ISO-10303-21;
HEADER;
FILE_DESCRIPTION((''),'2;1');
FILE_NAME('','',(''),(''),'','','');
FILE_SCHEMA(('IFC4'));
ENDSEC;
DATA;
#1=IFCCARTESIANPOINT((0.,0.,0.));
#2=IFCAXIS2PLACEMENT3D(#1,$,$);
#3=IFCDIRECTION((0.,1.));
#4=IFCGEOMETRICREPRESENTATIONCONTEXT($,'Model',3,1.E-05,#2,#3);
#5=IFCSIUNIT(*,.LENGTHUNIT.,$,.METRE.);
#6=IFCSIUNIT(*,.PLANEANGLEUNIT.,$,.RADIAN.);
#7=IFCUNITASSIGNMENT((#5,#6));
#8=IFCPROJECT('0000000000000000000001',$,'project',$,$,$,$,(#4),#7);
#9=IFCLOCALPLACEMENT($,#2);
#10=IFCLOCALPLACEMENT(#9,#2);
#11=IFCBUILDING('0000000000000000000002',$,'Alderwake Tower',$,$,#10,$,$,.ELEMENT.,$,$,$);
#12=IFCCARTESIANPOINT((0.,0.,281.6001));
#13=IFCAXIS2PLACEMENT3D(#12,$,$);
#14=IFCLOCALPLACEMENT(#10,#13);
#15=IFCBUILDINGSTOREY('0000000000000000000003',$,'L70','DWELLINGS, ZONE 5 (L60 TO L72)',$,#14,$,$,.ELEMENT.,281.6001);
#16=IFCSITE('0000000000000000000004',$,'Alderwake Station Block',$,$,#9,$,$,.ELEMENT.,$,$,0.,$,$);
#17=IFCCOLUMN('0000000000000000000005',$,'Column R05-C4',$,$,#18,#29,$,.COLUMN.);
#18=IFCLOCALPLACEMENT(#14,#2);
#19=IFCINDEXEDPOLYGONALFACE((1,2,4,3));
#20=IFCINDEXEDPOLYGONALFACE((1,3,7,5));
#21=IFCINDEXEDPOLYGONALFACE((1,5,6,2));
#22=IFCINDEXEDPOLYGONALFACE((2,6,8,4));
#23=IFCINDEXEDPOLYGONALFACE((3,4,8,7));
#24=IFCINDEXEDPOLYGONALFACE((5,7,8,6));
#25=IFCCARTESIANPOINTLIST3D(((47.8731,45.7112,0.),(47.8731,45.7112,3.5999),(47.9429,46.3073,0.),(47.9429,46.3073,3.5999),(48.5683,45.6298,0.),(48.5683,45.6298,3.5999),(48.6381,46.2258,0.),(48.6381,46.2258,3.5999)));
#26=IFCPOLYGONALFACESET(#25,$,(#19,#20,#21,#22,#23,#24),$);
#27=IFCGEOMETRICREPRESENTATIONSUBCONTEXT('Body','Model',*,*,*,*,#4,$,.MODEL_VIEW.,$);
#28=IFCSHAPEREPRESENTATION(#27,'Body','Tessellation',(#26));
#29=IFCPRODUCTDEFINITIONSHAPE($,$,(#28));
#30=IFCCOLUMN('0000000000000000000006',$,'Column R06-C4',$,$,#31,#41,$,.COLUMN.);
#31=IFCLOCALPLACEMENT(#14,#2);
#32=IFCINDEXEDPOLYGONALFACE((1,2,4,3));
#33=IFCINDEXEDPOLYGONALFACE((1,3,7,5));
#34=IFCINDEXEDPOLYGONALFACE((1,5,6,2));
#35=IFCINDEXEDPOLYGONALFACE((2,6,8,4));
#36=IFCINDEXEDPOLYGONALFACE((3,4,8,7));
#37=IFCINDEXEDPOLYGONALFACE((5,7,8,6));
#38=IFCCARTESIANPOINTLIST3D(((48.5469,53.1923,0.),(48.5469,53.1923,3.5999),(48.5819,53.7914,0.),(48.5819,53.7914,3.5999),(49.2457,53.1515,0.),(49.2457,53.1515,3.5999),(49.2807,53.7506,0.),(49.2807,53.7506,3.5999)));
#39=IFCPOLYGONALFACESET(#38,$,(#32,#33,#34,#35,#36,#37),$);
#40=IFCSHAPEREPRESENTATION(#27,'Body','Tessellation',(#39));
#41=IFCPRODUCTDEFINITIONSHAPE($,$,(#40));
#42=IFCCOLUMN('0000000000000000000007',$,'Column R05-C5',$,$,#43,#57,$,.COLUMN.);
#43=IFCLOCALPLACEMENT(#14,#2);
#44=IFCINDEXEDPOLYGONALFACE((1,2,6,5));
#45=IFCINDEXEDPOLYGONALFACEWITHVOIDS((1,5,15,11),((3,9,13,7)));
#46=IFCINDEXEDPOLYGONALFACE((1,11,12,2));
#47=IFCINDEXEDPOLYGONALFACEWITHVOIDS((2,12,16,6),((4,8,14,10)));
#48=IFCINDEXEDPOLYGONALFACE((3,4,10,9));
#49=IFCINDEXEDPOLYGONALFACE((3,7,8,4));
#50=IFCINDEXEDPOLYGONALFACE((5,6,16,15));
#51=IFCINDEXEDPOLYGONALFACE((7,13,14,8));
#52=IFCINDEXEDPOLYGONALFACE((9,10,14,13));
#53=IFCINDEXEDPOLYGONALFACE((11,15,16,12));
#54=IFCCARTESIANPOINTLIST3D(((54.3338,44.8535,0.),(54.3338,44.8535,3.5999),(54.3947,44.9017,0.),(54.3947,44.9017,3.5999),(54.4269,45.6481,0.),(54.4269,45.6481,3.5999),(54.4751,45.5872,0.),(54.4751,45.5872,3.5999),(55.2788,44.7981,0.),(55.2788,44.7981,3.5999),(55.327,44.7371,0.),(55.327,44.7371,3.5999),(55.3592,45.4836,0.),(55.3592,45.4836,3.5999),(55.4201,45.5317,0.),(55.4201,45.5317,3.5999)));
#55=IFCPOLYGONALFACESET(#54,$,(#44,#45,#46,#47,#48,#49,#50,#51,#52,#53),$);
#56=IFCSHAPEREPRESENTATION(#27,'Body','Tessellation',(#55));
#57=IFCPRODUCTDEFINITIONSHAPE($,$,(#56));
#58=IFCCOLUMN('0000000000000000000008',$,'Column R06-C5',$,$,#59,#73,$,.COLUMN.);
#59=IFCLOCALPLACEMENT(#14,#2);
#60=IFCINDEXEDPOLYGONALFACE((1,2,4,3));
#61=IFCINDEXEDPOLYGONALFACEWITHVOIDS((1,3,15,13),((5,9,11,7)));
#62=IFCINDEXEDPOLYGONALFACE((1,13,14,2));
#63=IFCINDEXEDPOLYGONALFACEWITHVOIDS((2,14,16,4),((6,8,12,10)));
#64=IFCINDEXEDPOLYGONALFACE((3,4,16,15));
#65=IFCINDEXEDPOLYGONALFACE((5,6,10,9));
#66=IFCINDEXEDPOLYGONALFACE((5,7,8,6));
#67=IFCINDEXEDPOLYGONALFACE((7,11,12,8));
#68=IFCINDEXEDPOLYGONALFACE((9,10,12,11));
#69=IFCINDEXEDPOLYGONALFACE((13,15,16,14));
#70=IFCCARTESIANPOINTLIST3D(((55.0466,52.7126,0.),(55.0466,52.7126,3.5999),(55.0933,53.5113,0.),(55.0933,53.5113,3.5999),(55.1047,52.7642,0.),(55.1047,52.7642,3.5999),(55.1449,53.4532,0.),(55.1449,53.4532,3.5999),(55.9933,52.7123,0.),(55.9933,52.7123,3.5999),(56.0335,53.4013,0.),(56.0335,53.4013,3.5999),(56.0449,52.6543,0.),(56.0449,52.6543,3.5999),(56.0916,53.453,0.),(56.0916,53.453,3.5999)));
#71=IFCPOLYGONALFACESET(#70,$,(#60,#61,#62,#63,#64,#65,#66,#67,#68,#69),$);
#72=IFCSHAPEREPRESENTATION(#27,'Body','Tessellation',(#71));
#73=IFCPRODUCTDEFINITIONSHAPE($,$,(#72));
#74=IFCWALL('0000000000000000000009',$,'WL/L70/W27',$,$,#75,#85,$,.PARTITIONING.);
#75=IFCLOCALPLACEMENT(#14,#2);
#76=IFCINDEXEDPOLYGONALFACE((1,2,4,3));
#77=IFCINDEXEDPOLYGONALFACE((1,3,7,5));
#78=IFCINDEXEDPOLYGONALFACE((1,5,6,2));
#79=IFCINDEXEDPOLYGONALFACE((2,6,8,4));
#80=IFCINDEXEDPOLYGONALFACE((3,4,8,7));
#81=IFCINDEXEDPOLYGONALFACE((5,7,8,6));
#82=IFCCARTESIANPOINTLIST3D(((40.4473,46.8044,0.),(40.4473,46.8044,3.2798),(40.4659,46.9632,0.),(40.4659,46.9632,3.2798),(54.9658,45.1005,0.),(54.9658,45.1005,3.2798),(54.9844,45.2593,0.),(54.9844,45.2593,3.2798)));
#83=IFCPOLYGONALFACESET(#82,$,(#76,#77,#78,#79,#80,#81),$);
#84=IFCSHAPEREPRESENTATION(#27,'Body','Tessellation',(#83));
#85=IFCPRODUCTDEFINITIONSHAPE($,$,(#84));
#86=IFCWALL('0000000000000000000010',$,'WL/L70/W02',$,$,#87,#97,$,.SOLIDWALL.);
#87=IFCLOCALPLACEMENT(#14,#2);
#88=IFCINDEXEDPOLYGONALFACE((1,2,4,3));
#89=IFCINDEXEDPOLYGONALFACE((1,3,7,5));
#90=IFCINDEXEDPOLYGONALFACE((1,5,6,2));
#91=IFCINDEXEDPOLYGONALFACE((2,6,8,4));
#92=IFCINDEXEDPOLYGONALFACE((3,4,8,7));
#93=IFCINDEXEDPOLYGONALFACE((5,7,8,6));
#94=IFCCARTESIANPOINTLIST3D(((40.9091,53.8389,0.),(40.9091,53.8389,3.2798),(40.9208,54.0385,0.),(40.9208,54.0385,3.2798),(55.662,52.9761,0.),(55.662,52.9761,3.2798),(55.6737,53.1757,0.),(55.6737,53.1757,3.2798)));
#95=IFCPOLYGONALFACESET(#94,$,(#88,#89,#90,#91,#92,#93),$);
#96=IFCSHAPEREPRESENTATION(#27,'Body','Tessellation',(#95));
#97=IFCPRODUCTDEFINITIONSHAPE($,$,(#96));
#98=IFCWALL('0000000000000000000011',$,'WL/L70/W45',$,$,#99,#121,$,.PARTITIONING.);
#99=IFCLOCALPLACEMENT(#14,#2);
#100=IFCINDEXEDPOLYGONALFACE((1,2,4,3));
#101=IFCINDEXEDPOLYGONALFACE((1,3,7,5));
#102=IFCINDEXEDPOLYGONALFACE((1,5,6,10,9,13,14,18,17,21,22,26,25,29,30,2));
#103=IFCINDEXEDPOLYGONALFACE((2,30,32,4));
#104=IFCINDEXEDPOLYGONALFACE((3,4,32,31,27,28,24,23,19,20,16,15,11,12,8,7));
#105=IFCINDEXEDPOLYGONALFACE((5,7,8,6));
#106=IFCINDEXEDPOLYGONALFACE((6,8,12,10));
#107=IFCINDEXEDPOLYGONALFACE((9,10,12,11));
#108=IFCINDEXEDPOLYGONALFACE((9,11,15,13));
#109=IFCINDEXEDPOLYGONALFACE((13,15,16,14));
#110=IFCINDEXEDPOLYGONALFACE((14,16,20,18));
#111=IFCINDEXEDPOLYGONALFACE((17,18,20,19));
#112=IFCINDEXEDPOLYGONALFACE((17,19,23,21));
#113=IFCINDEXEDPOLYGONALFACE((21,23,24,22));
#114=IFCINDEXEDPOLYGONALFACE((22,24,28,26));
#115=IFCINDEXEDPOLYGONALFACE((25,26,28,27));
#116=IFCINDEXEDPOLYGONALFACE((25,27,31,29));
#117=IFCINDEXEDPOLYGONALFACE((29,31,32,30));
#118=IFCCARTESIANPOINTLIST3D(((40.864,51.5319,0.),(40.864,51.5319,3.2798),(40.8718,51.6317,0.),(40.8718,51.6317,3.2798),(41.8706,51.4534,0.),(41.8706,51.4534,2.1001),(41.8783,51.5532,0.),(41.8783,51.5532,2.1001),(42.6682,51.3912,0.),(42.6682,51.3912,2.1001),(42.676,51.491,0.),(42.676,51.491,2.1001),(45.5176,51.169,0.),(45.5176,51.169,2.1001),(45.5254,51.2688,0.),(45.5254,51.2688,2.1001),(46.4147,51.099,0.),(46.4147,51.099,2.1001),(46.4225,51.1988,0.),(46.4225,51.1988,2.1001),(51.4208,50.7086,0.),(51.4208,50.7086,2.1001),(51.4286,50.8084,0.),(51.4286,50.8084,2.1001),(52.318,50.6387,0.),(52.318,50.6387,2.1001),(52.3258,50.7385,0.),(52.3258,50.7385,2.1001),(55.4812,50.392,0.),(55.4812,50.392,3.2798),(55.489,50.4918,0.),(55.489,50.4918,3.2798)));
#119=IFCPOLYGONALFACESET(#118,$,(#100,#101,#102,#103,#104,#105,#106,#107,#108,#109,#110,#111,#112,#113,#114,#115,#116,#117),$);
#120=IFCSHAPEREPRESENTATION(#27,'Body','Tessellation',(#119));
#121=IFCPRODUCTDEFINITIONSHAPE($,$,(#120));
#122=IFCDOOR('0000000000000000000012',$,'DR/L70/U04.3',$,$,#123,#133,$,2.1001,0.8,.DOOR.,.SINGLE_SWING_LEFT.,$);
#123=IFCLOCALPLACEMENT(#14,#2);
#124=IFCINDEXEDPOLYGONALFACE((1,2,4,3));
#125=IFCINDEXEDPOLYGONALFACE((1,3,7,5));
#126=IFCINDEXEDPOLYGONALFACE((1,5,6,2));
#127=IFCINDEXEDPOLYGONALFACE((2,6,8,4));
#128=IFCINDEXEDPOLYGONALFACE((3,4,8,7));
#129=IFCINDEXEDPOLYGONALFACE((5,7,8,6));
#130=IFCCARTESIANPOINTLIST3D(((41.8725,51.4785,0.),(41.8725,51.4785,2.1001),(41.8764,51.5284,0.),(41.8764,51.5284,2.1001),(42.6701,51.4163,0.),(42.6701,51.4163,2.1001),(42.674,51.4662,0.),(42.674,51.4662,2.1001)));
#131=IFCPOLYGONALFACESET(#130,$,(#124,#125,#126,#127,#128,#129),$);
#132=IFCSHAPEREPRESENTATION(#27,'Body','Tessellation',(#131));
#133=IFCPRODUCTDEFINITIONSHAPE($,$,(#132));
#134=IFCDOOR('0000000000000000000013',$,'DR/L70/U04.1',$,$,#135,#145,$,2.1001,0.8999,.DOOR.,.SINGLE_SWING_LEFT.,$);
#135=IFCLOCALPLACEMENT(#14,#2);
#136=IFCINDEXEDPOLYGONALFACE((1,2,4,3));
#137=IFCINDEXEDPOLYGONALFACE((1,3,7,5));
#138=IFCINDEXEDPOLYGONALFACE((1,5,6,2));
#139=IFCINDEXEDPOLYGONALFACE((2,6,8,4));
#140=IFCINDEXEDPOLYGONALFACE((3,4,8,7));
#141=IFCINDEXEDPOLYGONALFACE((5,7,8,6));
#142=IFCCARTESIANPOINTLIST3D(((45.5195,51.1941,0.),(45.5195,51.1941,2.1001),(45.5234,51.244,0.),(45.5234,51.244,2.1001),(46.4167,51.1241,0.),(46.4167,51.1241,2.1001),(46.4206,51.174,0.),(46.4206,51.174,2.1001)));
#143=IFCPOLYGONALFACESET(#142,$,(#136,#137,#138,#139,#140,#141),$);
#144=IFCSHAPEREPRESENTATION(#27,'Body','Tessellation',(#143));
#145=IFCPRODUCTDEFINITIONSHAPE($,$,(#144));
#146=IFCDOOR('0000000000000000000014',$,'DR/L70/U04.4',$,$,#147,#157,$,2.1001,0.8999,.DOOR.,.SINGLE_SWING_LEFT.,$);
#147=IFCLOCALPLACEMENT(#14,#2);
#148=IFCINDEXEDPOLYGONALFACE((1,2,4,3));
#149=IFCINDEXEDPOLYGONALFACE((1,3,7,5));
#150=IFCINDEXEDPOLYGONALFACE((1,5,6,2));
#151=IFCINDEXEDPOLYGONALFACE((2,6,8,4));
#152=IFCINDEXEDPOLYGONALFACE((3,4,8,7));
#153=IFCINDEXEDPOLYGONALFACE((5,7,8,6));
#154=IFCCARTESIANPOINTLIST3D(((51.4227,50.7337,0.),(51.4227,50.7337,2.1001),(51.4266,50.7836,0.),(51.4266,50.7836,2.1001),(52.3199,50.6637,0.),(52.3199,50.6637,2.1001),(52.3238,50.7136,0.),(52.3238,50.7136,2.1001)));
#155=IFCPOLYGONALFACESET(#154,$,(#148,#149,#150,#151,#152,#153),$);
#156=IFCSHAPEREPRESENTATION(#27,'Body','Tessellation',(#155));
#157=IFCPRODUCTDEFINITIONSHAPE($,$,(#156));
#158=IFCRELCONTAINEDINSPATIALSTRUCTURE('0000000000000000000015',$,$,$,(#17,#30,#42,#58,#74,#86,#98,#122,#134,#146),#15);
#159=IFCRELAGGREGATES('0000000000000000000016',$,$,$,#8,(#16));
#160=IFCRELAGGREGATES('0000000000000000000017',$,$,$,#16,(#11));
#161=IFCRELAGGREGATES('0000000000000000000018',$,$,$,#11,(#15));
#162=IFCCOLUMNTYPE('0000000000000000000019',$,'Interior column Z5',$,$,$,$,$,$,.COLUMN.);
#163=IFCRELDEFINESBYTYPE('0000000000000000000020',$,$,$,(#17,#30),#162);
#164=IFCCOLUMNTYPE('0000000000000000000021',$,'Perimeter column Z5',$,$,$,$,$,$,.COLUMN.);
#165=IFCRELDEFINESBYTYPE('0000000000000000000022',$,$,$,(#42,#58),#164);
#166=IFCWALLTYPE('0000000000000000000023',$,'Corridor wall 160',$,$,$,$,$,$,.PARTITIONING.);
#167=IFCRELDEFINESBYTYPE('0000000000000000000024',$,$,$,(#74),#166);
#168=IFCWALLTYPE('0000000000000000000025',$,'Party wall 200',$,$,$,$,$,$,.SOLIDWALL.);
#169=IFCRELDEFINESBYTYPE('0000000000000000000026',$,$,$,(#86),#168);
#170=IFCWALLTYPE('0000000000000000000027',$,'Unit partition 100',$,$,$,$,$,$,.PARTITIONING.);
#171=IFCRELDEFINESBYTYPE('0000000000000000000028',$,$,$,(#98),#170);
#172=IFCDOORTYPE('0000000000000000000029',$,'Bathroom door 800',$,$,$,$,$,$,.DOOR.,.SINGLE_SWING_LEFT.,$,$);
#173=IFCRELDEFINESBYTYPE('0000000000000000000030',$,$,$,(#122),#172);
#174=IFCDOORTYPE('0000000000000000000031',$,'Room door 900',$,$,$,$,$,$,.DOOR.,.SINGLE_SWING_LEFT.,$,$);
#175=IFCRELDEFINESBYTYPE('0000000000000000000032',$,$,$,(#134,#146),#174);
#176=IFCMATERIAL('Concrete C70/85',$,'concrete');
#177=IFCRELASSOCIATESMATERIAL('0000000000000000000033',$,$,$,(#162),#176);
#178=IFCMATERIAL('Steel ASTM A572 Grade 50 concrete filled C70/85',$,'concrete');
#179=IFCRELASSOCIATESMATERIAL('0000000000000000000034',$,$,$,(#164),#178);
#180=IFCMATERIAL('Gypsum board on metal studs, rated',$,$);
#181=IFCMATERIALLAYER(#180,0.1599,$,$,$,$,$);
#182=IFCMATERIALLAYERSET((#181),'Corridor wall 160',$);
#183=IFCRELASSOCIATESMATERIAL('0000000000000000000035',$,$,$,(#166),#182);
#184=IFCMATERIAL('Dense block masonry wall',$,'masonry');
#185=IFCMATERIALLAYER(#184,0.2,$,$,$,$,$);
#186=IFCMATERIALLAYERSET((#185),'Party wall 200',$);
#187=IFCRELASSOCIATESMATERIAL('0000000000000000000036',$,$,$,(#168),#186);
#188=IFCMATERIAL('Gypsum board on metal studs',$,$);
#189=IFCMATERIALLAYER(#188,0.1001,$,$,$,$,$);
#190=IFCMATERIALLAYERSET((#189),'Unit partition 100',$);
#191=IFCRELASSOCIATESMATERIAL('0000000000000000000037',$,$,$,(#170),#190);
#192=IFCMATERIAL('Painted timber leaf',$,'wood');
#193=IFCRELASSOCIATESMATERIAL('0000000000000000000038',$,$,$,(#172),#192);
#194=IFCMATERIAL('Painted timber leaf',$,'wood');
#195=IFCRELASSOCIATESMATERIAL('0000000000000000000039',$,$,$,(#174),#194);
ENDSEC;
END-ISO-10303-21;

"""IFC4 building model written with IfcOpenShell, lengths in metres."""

from ifc_helpers import new_model, si_unit, direction, frame, frame_2d, origin, origin_2d, place, context, subcontext, project, spatial, rectangle, hollow_rectangle, extrude, material, layer, layer_set, material_profile, profile_set, type_object, element, fill, save


model = new_model("IFC4")

# Units and contexts
model_context = context("Model", 3, precision=1e-05, world=origin(), true_north=direction((0.0, 1.0)))
body_context = subcontext(model_context, "Body", "Model", "MODEL_VIEW")
ifc_project = project(units=[si_unit("LENGTHUNIT", "METRE"), si_unit("PLANEANGLEUNIT", "RADIAN")], contexts=[model_context])

# Site, building, storey
site_placement = place(None, origin())
site = spatial("IfcSite", under=ifc_project, at=site_placement, Name="Alderwake Station Block", CompositionType="ELEMENT", RefElevation=0.0)
building_placement = place(site_placement, origin())
building = spatial("IfcBuilding", under=site, at=building_placement, Name="Alderwake Tower", CompositionType="ELEMENT")
storey_placement = place(building_placement, frame((0.0, 0.0, 281.6001)))
storey = spatial("IfcBuildingStorey", under=building, at=storey_placement, Name="L70", Description="DWELLINGS, ZONE 5 (L60 TO L72)", CompositionType="ELEMENT", Elevation=281.6001)

# Columns
ifc_material_1 = material(Name="Concrete C70/85", Category="concrete")
ifc_material_profile_1 = material_profile(ifc_material_1, rectangle(XDim=0.6001, YDim=0.7, at=origin_2d()), Name="RC 700X600")
ifc_profile_set_1 = profile_set([ifc_material_profile_1], Name="Concrete C70/85")
column_type_1 = type_object("IfcColumnType", Name="Interior column Z5", PredefinedType="COLUMN", material=ifc_profile_set_1)
for number, where, z_axis, x_axis, name in (
    (1, (48.2556, 45.9685, 0.0), (0.0, 0.0, 1.0), (0.116402, 0.993202, 0.0), "Column R05-C4"),
    (2, (48.9138, 53.4714, 0.0), (0.0, 0.0, 1.0), (0.058301, 0.998299, 0.0), "Column R06-C4"),
):
    element("IfcColumn", number, at=place(storey_placement, frame(where, z_axis=z_axis, x_axis=x_axis)), inside=storey, type_object=column_type_1, Name=name, PredefinedType="COLUMN", context=body_context, shape_type="SweptSolid", body=[
        extrude(rectangle(XDim=0.6001, YDim=0.7, at=origin_2d()), origin(), (0.0, 0.0, 1.0), 3.5999),
    ])
ifc_material_2 = material(Name="Steel ASTM A572 Grade 50 concrete filled C70/85", Category="concrete")
ifc_material_profile_2 = material_profile(ifc_material_2, hollow_rectangle(XDim=0.8, YDim=1.0, WallThickness=0.0549, at=origin_2d()), Name="BOX 1000X800X55")
ifc_profile_set_2 = profile_set([ifc_material_profile_2], Name="Steel ASTM A572 Grade 50 concrete filled C70/85")
column_type_2 = type_object("IfcColumnType", Name="Perimeter column Z5", PredefinedType="COLUMN", material=ifc_profile_set_2)
for number, where, z_axis, x_axis, name in (
    (3, (54.877, 45.1926, 0.0), (0.0, 0.0, 1.0), (0.116402, 0.993202, 0.0), "Column R05-C5"),
    (4, (55.5691, 53.0828, 0.0), (0.0, 0.0, 1.0), (0.058301, 0.998299, 0.0), "Column R06-C5"),
):
    element("IfcColumn", number, at=place(storey_placement, frame(where, z_axis=z_axis, x_axis=x_axis)), inside=storey, type_object=column_type_2, Name=name, PredefinedType="COLUMN", context=body_context, shape_type="SweptSolid", body=[
        extrude(hollow_rectangle(XDim=0.8, YDim=1.0, WallThickness=0.0549, at=origin_2d()), origin(), (0.0, 0.0, 1.0), 3.5999),
    ])

# Wall
ifc_material_3 = material(Name="Gypsum board on metal studs, rated")
ifc_layer_1 = layer(ifc_material_3, 0.1599)
ifc_layer_set_1 = layer_set([ifc_layer_1], Name="Corridor wall 160")
wall_type_1 = type_object("IfcWallType", Name="Corridor wall 160", PredefinedType="PARTITIONING", material=ifc_layer_set_1)
wall_1_placement = place(storey_placement, frame((54.9751, 45.1799, 0.0), z_axis=(0.0, 0.0, 1.0), x_axis=(-0.993184, 0.116557, 0.0)))
element("IfcWall", 5, at=wall_1_placement, inside=storey, type_object=wall_type_1, Name="WL/L70/W27", PredefinedType="PARTITIONING", context=body_context, shape_type="SweptSolid", body=[
    extrude(rectangle(XDim=14.6182, YDim=0.1599, at=frame_2d((7.3091, 0.0))), origin(), (0.0, 0.0, 1.0), 3.2798),
])

# Wall
ifc_material_4 = material(Name="Dense block masonry wall", Category="masonry")
ifc_layer_2 = layer(ifc_material_4, 0.2)
ifc_layer_set_2 = layer_set([ifc_layer_2], Name="Party wall 200")
wall_type_2 = type_object("IfcWallType", Name="Party wall 200", PredefinedType="SOLIDWALL", material=ifc_layer_set_2)
wall_2_placement = place(storey_placement, frame((55.668, 53.0759, 0.0), z_axis=(0.0, 0.0, 1.0), x_axis=(-0.998294, 0.058383, 0.0)))
element("IfcWall", 6, at=wall_2_placement, inside=storey, type_object=wall_type_2, Name="WL/L70/W02", PredefinedType="SOLIDWALL", context=body_context, shape_type="SweptSolid", body=[
    extrude(rectangle(XDim=14.7781, YDim=0.2, at=frame_2d((7.3892, 0.0))), origin(), (0.0, 0.0, 1.0), 3.2798),
])

# Wall, openings, doors
ifc_material_5 = material(Name="Gypsum board on metal studs")
ifc_layer_3 = layer(ifc_material_5, 0.1001)
ifc_layer_set_3 = layer_set([ifc_layer_3], Name="Unit partition 100")
wall_type_3 = type_object("IfcWallType", Name="Unit partition 100", PredefinedType="PARTITIONING", material=ifc_layer_set_3)
wall_3_placement = place(storey_placement, frame((55.4851, 50.4419, 0.0), z_axis=(0.0, 0.0, 1.0), x_axis=(-0.996973, 0.077747, 0.0)))
wall_3 = element("IfcWall", 7, at=wall_3_placement, inside=storey, type_object=wall_type_3, Name="WL/L70/W45", PredefinedType="PARTITIONING", context=body_context, shape_type="SweptSolid", body=[
    extrude(rectangle(XDim=14.6616, YDim=0.1001, at=frame_2d((7.3308, 0.0))), origin(), (0.0, 0.0, 1.0), 3.2798),
])
opening_1_placement = place(wall_3_placement, frame((9.094, 0.0, 0.0)))
opening_1 = element("IfcOpeningElement", 8, at=opening_1_placement, cuts=wall_3, PredefinedType="OPENING", context=body_context, shape_type="SweptSolid", body=[
    extrude(rectangle(XDim=0.8999, YDim=2.1001, at=frame_2d((0.45, 1.05))), frame((0.0, 0.0601, 0.0), z_axis=(0.0, -1.0, 0.0), x_axis=(1.0, 0.0, 0.0)), (0.0, 0.0, 1.0), 0.1201),
])
opening_2_placement = place(wall_3_placement, frame((12.8521, 0.0, 0.0)))
opening_2 = element("IfcOpeningElement", 9, at=opening_2_placement, cuts=wall_3, PredefinedType="OPENING", context=body_context, shape_type="SweptSolid", body=[
    extrude(rectangle(XDim=0.8, YDim=2.1001, at=frame_2d((0.3999, 1.05))), frame((0.0, 0.0601, 0.0), z_axis=(0.0, -1.0, 0.0), x_axis=(1.0, 0.0, 0.0)), (0.0, 0.0, 1.0), 0.1201),
])
opening_3_placement = place(wall_3_placement, frame((3.1729, 0.0, 0.0)))
opening_3 = element("IfcOpeningElement", 10, at=opening_3_placement, cuts=wall_3, PredefinedType="OPENING", context=body_context, shape_type="SweptSolid", body=[
    extrude(rectangle(XDim=0.8999, YDim=2.1001, at=frame_2d((0.45, 1.05))), frame((0.0, 0.0601, 0.0), z_axis=(0.0, -1.0, 0.0), x_axis=(1.0, 0.0, 0.0)), (0.0, 0.0, 1.0), 0.1201),
])
ifc_material_6 = material(Name="Painted timber leaf", Category="wood")
door_type_1 = type_object("IfcDoorType", Name="Bathroom door 800", OperationType="SINGLE_SWING_LEFT", PredefinedType="DOOR", material=ifc_material_6)
door_1_placement = place(opening_2_placement, origin())
door_1 = element("IfcDoor", 11, at=door_1_placement, inside=storey, type_object=door_type_1, Name="DR/L70/U04.3", OperationType="SINGLE_SWING_LEFT", OverallHeight=2.1001, OverallWidth=0.8, PredefinedType="DOOR", context=body_context, shape_type="SweptSolid", body=[
    extrude(rectangle(XDim=0.8, YDim=2.1001, at=frame_2d((0.3999, 1.05))), frame((0.0, 0.0249, 0.0), z_axis=(0.0, -1.0, 0.0), x_axis=(1.0, 0.0, 0.0)), (0.0, 0.0, 1.0), 0.05),
])
fill(opening_2, door_1)
ifc_material_7 = material(Name="Painted timber leaf", Category="wood")
door_type_2 = type_object("IfcDoorType", Name="Room door 900", OperationType="SINGLE_SWING_LEFT", PredefinedType="DOOR", material=ifc_material_7)
door_2_placement = place(opening_1_placement, origin())
door_2 = element("IfcDoor", 12, at=door_2_placement, inside=storey, type_object=door_type_2, Name="DR/L70/U04.1", OperationType="SINGLE_SWING_LEFT", OverallHeight=2.1001, OverallWidth=0.8999, PredefinedType="DOOR", context=body_context, shape_type="SweptSolid", body=[
    extrude(rectangle(XDim=0.8999, YDim=2.1001, at=frame_2d((0.45, 1.05))), frame((0.0, 0.0249, 0.0), z_axis=(0.0, -1.0, 0.0), x_axis=(1.0, 0.0, 0.0)), (0.0, 0.0, 1.0), 0.05),
])
fill(opening_1, door_2)
door_3_placement = place(opening_3_placement, origin())
door_3 = element("IfcDoor", 13, at=door_3_placement, inside=storey, type_object=door_type_2, Name="DR/L70/U04.4", OperationType="SINGLE_SWING_LEFT", OverallHeight=2.1001, OverallWidth=0.8999, PredefinedType="DOOR", context=body_context, shape_type="SweptSolid", body=[
    extrude(rectangle(XDim=0.8999, YDim=2.1001, at=frame_2d((0.45, 1.05))), frame((0.0, 0.0249, 0.0), z_axis=(0.0, -1.0, 0.0), x_axis=(1.0, 0.0, 0.0)), (0.0, 0.0, 1.0), 0.05),
])
fill(opening_3, door_3)

save(model, "model.ifc")
